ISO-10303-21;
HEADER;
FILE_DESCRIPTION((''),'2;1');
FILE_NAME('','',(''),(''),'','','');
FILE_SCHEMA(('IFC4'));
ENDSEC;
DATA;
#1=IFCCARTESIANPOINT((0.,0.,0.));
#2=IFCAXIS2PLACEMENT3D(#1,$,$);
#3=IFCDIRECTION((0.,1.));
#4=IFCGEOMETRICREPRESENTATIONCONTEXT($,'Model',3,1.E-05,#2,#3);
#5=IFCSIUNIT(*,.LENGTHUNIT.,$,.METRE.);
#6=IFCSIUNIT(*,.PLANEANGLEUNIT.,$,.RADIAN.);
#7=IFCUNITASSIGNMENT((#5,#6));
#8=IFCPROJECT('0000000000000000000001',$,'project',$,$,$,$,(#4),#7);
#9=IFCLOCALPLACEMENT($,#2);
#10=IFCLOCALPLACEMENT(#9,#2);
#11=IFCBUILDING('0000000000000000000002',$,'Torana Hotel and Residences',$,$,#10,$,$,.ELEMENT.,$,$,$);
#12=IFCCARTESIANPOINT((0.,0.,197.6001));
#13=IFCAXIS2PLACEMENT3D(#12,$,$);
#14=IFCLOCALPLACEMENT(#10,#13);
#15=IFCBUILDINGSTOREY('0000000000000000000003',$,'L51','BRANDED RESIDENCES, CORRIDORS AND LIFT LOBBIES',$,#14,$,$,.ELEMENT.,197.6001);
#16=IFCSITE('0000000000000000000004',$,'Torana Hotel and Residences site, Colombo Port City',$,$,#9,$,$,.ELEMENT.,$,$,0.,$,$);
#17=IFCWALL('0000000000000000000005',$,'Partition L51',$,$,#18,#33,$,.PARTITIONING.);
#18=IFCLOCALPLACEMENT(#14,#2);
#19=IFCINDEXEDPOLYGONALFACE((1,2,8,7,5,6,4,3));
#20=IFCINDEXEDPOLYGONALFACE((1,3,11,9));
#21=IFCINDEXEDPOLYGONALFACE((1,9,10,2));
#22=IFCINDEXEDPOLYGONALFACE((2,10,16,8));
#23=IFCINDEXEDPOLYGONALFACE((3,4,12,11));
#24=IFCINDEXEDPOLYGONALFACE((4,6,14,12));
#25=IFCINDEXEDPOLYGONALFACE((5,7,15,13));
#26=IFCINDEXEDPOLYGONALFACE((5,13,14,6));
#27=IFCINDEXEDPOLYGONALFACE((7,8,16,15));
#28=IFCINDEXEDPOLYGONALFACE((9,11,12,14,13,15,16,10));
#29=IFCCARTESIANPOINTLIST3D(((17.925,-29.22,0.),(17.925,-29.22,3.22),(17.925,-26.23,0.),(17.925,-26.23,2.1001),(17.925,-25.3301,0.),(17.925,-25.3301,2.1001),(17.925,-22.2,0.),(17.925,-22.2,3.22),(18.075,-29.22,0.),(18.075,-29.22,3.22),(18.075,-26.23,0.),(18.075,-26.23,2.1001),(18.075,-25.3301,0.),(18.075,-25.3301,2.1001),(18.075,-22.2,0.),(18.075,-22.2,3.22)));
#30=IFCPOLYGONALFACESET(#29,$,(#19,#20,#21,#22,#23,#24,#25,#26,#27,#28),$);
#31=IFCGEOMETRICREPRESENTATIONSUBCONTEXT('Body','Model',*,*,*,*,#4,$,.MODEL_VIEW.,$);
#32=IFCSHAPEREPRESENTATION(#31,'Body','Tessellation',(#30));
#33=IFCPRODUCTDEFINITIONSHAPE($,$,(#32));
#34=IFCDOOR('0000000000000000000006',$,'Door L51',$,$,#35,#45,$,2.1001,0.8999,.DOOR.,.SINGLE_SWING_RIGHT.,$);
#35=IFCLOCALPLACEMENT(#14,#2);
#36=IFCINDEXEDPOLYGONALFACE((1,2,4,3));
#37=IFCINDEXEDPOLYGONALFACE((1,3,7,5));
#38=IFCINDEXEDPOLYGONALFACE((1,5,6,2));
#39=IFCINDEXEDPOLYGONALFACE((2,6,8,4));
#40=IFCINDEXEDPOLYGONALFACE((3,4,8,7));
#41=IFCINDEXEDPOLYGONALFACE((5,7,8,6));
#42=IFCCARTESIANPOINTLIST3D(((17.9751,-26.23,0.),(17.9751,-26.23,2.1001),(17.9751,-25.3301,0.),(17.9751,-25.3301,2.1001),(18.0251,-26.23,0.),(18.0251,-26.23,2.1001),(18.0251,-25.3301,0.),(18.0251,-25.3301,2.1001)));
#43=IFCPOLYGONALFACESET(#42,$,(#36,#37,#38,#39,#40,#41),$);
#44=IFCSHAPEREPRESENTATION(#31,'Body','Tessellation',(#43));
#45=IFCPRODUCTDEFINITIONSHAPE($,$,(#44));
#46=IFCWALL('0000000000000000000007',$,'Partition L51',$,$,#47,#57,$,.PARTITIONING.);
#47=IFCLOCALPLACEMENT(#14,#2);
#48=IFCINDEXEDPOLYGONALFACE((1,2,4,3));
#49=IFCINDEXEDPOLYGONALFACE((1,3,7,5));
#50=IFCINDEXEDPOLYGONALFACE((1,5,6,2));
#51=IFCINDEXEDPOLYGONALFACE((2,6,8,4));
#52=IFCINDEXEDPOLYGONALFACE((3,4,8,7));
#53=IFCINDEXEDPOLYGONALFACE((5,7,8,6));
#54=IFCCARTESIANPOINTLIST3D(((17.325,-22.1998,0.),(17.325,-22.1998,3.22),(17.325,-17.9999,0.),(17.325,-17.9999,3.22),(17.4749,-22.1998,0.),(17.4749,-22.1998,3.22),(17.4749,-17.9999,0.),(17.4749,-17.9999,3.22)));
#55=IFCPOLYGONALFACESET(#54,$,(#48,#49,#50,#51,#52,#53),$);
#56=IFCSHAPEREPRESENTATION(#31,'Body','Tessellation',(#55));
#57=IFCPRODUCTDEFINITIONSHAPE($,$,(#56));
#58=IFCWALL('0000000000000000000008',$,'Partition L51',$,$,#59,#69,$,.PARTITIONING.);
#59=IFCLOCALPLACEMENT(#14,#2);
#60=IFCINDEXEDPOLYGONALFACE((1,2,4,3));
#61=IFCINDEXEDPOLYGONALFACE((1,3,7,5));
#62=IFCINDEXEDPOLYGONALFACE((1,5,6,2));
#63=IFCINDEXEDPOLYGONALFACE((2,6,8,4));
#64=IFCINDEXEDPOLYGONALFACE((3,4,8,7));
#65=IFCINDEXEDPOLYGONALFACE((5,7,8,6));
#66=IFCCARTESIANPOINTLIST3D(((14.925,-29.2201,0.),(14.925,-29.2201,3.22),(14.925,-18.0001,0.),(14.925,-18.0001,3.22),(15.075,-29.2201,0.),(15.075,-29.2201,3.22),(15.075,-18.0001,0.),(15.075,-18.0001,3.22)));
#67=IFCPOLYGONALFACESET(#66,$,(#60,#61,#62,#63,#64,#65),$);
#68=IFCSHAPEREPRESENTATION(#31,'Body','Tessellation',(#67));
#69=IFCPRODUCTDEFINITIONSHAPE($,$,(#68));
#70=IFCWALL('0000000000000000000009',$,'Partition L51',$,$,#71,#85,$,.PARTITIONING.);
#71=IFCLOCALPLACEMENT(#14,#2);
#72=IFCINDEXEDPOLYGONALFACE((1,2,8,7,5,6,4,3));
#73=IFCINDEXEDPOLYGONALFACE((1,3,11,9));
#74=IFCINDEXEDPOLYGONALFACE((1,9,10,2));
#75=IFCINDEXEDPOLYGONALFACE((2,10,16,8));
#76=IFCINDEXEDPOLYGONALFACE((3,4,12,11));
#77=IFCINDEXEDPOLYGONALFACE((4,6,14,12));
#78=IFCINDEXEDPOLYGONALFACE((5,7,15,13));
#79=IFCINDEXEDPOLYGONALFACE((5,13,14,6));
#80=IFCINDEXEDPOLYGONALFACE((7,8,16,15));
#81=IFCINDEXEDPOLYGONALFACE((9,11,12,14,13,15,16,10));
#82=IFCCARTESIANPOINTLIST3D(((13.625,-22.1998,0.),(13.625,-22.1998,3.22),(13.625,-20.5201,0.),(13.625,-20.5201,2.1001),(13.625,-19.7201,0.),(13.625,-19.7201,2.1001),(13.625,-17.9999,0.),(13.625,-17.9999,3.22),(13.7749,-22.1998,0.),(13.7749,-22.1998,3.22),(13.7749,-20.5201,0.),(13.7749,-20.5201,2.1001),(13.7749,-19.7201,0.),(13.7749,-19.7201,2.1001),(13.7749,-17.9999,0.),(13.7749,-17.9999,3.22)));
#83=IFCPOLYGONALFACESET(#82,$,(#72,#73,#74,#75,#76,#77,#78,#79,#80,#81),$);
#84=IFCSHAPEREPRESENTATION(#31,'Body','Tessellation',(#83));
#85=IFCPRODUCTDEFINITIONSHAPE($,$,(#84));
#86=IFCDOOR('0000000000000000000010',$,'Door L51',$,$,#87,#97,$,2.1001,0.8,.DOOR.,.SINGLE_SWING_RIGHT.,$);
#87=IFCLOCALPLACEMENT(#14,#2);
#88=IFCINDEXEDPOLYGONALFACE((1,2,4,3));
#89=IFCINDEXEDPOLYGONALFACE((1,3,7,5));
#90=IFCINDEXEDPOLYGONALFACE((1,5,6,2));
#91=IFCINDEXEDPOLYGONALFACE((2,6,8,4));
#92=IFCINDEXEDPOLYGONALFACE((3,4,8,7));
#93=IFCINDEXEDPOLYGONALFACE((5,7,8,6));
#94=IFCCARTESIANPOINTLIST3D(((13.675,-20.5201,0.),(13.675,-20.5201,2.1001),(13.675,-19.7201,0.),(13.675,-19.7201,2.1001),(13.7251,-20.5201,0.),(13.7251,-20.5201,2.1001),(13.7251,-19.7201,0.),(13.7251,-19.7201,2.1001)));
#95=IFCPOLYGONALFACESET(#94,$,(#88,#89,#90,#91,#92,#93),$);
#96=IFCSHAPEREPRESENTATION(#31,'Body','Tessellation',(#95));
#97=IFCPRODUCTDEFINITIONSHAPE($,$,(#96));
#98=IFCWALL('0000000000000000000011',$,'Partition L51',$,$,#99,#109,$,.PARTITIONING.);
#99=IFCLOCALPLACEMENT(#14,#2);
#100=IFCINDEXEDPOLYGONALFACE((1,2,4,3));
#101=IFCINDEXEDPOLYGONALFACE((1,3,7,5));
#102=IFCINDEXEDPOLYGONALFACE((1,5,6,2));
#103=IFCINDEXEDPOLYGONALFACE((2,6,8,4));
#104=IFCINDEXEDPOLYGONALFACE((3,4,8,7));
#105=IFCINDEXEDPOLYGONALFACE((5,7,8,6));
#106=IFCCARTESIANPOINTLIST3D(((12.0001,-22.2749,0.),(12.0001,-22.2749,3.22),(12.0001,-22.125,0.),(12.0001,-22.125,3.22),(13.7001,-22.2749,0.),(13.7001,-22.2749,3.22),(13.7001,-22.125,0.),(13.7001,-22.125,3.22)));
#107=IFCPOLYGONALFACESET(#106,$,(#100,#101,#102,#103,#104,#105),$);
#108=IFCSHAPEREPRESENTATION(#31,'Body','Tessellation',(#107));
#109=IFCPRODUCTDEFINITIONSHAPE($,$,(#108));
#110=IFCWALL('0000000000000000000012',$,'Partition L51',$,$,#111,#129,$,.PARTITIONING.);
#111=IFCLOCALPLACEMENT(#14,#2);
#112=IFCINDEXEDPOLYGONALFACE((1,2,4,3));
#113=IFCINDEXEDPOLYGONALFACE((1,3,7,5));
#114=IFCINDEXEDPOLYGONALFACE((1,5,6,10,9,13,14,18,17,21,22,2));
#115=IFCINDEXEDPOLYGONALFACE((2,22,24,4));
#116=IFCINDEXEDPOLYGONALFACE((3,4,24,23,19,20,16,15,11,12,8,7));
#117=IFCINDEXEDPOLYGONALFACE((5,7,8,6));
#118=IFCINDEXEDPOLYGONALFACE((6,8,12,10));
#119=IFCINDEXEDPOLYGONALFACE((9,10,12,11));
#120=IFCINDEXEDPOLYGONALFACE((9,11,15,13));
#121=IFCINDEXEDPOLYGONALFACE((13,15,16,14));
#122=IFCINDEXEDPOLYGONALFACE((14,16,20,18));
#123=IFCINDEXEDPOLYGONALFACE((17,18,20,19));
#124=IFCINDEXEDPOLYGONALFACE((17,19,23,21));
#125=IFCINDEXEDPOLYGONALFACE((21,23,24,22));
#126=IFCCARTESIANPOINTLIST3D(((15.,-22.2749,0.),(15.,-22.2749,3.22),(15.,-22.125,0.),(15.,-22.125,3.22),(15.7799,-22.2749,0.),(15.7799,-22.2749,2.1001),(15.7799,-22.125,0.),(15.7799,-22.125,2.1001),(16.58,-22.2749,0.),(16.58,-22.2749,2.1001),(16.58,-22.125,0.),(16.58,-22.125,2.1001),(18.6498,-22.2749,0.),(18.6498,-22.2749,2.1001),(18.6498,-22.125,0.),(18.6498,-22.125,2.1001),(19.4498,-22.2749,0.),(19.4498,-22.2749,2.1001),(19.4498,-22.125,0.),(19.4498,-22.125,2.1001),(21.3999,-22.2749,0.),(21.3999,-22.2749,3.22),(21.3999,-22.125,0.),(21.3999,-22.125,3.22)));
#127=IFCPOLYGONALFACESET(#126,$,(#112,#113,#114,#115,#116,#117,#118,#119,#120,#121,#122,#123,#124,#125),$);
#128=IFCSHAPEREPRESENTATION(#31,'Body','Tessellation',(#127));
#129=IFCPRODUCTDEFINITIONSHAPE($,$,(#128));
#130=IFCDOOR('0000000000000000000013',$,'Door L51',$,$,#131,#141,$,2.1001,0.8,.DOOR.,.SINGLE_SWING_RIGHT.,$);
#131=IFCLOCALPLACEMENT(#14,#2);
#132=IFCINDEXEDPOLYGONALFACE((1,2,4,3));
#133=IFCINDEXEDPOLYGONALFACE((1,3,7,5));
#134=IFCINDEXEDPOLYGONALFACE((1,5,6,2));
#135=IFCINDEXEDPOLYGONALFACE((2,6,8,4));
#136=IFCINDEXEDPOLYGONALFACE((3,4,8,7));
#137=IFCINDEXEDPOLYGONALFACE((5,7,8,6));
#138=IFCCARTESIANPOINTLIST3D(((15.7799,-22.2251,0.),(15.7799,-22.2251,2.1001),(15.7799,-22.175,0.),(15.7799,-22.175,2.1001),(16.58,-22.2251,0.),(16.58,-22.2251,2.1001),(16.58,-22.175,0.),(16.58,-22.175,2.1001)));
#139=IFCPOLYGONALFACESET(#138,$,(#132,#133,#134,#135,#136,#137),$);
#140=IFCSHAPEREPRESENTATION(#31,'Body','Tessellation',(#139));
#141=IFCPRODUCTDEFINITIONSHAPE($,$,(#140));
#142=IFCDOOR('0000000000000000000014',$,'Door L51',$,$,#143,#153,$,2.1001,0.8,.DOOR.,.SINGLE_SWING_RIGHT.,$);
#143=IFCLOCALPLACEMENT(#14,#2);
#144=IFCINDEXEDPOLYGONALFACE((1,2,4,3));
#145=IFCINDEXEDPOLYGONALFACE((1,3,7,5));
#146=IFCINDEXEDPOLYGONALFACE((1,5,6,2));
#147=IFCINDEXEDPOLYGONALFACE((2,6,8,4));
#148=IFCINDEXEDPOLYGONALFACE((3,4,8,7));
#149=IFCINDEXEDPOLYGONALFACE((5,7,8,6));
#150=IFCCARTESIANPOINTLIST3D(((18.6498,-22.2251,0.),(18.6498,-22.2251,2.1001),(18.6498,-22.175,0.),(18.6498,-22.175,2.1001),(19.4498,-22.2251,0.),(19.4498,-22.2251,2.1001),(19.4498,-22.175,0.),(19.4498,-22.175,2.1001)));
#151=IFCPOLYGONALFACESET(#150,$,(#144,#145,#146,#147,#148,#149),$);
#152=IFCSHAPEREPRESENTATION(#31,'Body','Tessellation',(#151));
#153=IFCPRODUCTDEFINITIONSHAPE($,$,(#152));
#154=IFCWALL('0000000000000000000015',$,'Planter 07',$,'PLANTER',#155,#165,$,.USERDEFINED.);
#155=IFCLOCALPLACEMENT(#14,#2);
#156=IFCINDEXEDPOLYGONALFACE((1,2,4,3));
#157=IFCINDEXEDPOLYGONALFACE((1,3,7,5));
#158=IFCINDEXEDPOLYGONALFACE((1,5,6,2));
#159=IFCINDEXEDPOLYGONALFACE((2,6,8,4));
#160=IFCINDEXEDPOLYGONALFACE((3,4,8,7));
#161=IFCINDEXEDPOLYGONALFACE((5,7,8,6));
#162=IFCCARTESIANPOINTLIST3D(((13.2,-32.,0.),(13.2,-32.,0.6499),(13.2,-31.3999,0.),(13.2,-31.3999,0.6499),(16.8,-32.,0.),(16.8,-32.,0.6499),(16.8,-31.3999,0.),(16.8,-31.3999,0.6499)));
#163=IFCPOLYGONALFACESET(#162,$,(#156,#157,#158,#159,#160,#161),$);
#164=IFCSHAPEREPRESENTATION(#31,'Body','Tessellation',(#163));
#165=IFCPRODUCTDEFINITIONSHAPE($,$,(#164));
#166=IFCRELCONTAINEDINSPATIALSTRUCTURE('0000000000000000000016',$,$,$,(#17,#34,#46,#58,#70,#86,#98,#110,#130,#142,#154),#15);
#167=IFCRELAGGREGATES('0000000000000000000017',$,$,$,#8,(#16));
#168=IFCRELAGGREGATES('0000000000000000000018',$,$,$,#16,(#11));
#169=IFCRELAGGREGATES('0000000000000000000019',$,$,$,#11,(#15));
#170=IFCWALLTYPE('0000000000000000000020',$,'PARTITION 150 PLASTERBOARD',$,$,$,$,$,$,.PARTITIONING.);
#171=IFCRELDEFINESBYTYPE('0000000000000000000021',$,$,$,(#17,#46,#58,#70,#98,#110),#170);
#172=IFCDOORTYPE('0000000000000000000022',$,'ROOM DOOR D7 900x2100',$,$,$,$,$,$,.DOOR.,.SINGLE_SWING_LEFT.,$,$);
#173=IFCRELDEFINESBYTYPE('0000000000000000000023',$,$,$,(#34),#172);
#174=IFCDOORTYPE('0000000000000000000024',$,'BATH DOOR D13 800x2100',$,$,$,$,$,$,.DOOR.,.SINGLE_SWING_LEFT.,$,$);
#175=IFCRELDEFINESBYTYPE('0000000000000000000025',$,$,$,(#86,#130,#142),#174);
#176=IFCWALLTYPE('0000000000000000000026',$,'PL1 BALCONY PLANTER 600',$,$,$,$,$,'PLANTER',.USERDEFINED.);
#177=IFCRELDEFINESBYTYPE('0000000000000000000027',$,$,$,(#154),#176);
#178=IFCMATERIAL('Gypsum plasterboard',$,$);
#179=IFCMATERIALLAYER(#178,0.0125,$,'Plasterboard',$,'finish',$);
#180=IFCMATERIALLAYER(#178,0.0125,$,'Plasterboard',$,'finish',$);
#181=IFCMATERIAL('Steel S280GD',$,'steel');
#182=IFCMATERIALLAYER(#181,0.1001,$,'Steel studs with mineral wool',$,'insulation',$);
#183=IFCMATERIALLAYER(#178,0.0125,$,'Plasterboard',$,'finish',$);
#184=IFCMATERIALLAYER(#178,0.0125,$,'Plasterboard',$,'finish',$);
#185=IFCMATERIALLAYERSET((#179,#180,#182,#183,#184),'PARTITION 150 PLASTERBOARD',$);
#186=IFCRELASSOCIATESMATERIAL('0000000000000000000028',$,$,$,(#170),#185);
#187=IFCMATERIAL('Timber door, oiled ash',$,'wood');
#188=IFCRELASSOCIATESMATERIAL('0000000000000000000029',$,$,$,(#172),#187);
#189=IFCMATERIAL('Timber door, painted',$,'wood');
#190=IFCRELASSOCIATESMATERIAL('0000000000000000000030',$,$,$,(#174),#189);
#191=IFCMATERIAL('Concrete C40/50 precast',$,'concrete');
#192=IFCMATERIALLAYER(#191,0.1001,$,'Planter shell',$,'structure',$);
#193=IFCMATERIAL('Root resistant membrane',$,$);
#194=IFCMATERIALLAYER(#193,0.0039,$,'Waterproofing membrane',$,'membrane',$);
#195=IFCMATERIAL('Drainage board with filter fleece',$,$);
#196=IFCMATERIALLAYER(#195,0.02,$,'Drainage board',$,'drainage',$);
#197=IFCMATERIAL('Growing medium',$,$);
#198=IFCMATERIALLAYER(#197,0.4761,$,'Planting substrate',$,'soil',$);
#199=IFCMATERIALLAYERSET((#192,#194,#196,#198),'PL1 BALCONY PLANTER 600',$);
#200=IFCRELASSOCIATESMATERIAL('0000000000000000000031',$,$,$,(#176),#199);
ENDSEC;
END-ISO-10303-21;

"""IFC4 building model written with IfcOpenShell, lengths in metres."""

from ifc_helpers import new_model, si_unit, direction, frame, frame_2d, origin, place, context, subcontext, project, spatial, rectangle, extrude, material, layer, layer_set, type_object, element, fill, save


model = new_model("IFC4")

# Units and contexts
model_context = context("Model", 3, precision=1e-05, world=origin(), true_north=direction((0.0, 1.0)))
body_context = subcontext(model_context, "Body", "Model", "MODEL_VIEW")
ifc_project = project(units=[si_unit("LENGTHUNIT", "METRE"), si_unit("PLANEANGLEUNIT", "RADIAN")], contexts=[model_context])

# Site, building, storey
site_placement = place(None, origin())
site = spatial("IfcSite", under=ifc_project, at=site_placement, Name="Torana Hotel and Residences site, Colombo Port City", CompositionType="ELEMENT", RefElevation=0.0)
building_placement = place(site_placement, origin())
building = spatial("IfcBuilding", under=site, at=building_placement, Name="Torana Hotel and Residences", CompositionType="ELEMENT")
storey_placement = place(building_placement, frame((0.0, 0.0, 197.6001)))
storey = spatial("IfcBuildingStorey", under=building, at=storey_placement, Name="L51", Description="BRANDED RESIDENCES, CORRIDORS AND LIFT LOBBIES", CompositionType="ELEMENT", Elevation=197.6001)

# Wall, opening, door
ifc_material_1 = material(Name="Gypsum plasterboard")
ifc_layer_1 = layer(ifc_material_1, 0.0125, Name="Plasterboard", Category="finish")
ifc_layer_2 = layer(ifc_material_1, 0.0125, Name="Plasterboard", Category="finish")
ifc_material_2 = material(Name="Steel S280GD", Category="steel")
ifc_layer_3 = layer(ifc_material_2, 0.1001, Name="Steel studs with mineral wool", Category="insulation")
ifc_layer_4 = layer(ifc_material_1, 0.0125, Name="Plasterboard", Category="finish")
ifc_layer_5 = layer(ifc_material_1, 0.0125, Name="Plasterboard", Category="finish")
ifc_layer_set_1 = layer_set([ifc_layer_1, ifc_layer_2, ifc_layer_3, ifc_layer_4, ifc_layer_5], Name="PARTITION 150 PLASTERBOARD")
wall_type_1 = type_object("IfcWallType", Name="PARTITION 150 PLASTERBOARD", PredefinedType="PARTITIONING", material=ifc_layer_set_1)
wall_1_placement = place(storey_placement, frame((18.0, -29.22, 0.0), z_axis=(0.0, 0.0, 1.0), x_axis=(0.0, 1.0, 0.0)))
wall_1 = element("IfcWall", 1, at=wall_1_placement, inside=storey, type_object=wall_type_1, Name="Partition L51", PredefinedType="PARTITIONING", context=body_context, shape_type="SweptSolid", body=[
    extrude(rectangle(XDim=7.02, YDim=0.1499, at=frame_2d((3.51, 0.0))), origin(), (0.0, 0.0, 1.0), 3.22),
])
opening_1_placement = place(wall_1_placement, frame((2.99, 0.0, 0.0)))
opening_1 = element("IfcOpeningElement", 2, at=opening_1_placement, cuts=wall_1, PredefinedType="OPENING", context=body_context, shape_type="SweptSolid", body=[
    extrude(rectangle(XDim=0.8999, YDim=2.1001, at=frame_2d((0.45, 1.05))), frame((0.0, 0.085, 0.0), z_axis=(0.0, -1.0, 0.0), x_axis=(1.0, 0.0, 0.0)), (0.0, 0.0, 1.0), 0.1699),
])
ifc_material_3 = material(Name="Timber door, oiled ash", Category="wood")
door_type_1 = type_object("IfcDoorType", Name="ROOM DOOR D7 900x2100", OperationType="SINGLE_SWING_LEFT", PredefinedType="DOOR", material=ifc_material_3)
door_1_placement = place(opening_1_placement, origin())
door_1 = element("IfcDoor", 3, at=door_1_placement, inside=storey, type_object=door_type_1, Name="Door L51", OperationType="SINGLE_SWING_RIGHT", OverallHeight=2.1001, OverallWidth=0.8999, PredefinedType="DOOR", context=body_context, shape_type="SweptSolid", body=[
    extrude(rectangle(XDim=0.8999, YDim=2.1001, at=frame_2d((0.45, 1.05))), frame((0.0, 0.0249, 0.0), z_axis=(0.0, -1.0, 0.0), x_axis=(1.0, 0.0, 0.0)), (0.0, 0.0, 1.0), 0.05),
])
fill(opening_1, door_1)

# Walls
wall_2_placement = place(storey_placement, frame((17.3999, -22.2, 0.0), z_axis=(0.0, 0.0, 1.0), x_axis=(0.0, 1.0, 0.0)))
element("IfcWall", 4, at=wall_2_placement, inside=storey, type_object=wall_type_1, Name="Partition L51", PredefinedType="PARTITIONING", context=body_context, shape_type="SweptSolid", body=[
    extrude(rectangle(XDim=4.2, YDim=0.1499, at=frame_2d((2.1001, 0.0))), origin(), (0.0, 0.0, 1.0), 3.22),
])
wall_3_placement = place(storey_placement, frame((15.0, -29.22, 0.0), z_axis=(0.0, 0.0, 1.0), x_axis=(0.0, 1.0, 0.0)))
element("IfcWall", 5, at=wall_3_placement, inside=storey, type_object=wall_type_1, Name="Partition L51", PredefinedType="PARTITIONING", context=body_context, shape_type="SweptSolid", body=[
    extrude(rectangle(XDim=11.22, YDim=0.1499, at=frame_2d((5.6099, 0.0))), origin(), (0.0, 0.0, 1.0), 3.22),
])

# Wall, opening, door
wall_4_placement = place(storey_placement, frame((13.7, -22.2, 0.0), z_axis=(0.0, 0.0, 1.0), x_axis=(0.0, 1.0, 0.0)))
wall_4 = element("IfcWall", 6, at=wall_4_placement, inside=storey, type_object=wall_type_1, Name="Partition L51", PredefinedType="PARTITIONING", context=body_context, shape_type="SweptSolid", body=[
    extrude(rectangle(XDim=4.2, YDim=0.1499, at=frame_2d((2.1001, 0.0))), origin(), (0.0, 0.0, 1.0), 3.22),
])
opening_2_placement = place(wall_4_placement, frame((1.6799, 0.0, 0.0)))
opening_2 = element("IfcOpeningElement", 7, at=opening_2_placement, cuts=wall_4, PredefinedType="OPENING", context=body_context, shape_type="SweptSolid", body=[
    extrude(rectangle(XDim=0.8, YDim=2.1001, at=frame_2d((0.3999, 1.05))), frame((0.0, 0.085, 0.0), z_axis=(0.0, -1.0, 0.0), x_axis=(1.0, 0.0, 0.0)), (0.0, 0.0, 1.0), 0.1699),
])
ifc_material_4 = material(Name="Timber door, painted", Category="wood")
door_type_2 = type_object("IfcDoorType", Name="BATH DOOR D13 800x2100", OperationType="SINGLE_SWING_LEFT", PredefinedType="DOOR", material=ifc_material_4)
door_2_placement = place(opening_2_placement, origin())
door_2 = element("IfcDoor", 8, at=door_2_placement, inside=storey, type_object=door_type_2, Name="Door L51", OperationType="SINGLE_SWING_RIGHT", OverallHeight=2.1001, OverallWidth=0.8, PredefinedType="DOOR", context=body_context, shape_type="SweptSolid", body=[
    extrude(rectangle(XDim=0.8, YDim=2.1001, at=frame_2d((0.3999, 1.05))), frame((0.0, 0.0249, 0.0), z_axis=(0.0, -1.0, 0.0), x_axis=(1.0, 0.0, 0.0)), (0.0, 0.0, 1.0), 0.05),
])
fill(opening_2, door_2)

# Wall
wall_5_placement = place(storey_placement, frame((12.0, -22.2, 0.0), z_axis=(0.0, 0.0, 1.0), x_axis=(1.0, 0.0, 0.0)))
element("IfcWall", 9, at=wall_5_placement, inside=storey, type_object=wall_type_1, Name="Partition L51", PredefinedType="PARTITIONING", context=body_context, shape_type="SweptSolid", body=[
    extrude(rectangle(XDim=1.7, YDim=0.1499, at=frame_2d((0.8501, 0.0))), origin(), (0.0, 0.0, 1.0), 3.22),
])

# Wall, openings, doors
wall_6_placement = place(storey_placement, frame((15.0, -22.2, 0.0), z_axis=(0.0, 0.0, 1.0), x_axis=(1.0, 0.0, 0.0)))
wall_6 = element("IfcWall", 10, at=wall_6_placement, inside=storey, type_object=wall_type_1, Name="Partition L51", PredefinedType="PARTITIONING", context=body_context, shape_type="SweptSolid", body=[
    extrude(rectangle(XDim=6.3999, YDim=0.1499, at=frame_2d((3.2, 0.0))), origin(), (0.0, 0.0, 1.0), 3.22),
])
opening_3_placement = place(wall_6_placement, frame((0.78, 0.0, 0.0)))
opening_3 = element("IfcOpeningElement", 11, at=opening_3_placement, cuts=wall_6, PredefinedType="OPENING", context=body_context, shape_type="SweptSolid", body=[
    extrude(rectangle(XDim=0.8, YDim=2.1001, at=frame_2d((0.3999, 1.05))), frame((0.0, 0.085, 0.0), z_axis=(0.0, -1.0, 0.0), x_axis=(1.0, 0.0, 0.0)), (0.0, 0.0, 1.0), 0.1699),
])
opening_4_placement = place(wall_6_placement, frame((3.6499, 0.0, 0.0)))
opening_4 = element("IfcOpeningElement", 12, at=opening_4_placement, cuts=wall_6, PredefinedType="OPENING", context=body_context, shape_type="SweptSolid", body=[
    extrude(rectangle(XDim=0.8, YDim=2.1001, at=frame_2d((0.3999, 1.05))), frame((0.0, 0.085, 0.0), z_axis=(0.0, -1.0, 0.0), x_axis=(1.0, 0.0, 0.0)), (0.0, 0.0, 1.0), 0.1699),
])
door_3_placement = place(opening_3_placement, origin())
door_3 = element("IfcDoor", 13, at=door_3_placement, inside=storey, type_object=door_type_2, Name="Door L51", OperationType="SINGLE_SWING_RIGHT", OverallHeight=2.1001, OverallWidth=0.8, PredefinedType="DOOR", context=body_context, shape_type="SweptSolid", body=[
    extrude(rectangle(XDim=0.8, YDim=2.1001, at=frame_2d((0.3999, 1.05))), frame((0.0, 0.0249, 0.0), z_axis=(0.0, -1.0, 0.0), x_axis=(1.0, 0.0, 0.0)), (0.0, 0.0, 1.0), 0.05),
])
fill(opening_3, door_3)
door_4_placement = place(opening_4_placement, origin())
door_4 = element("IfcDoor", 14, at=door_4_placement, inside=storey, type_object=door_type_2, Name="Door L51", OperationType="SINGLE_SWING_RIGHT", OverallHeight=2.1001, OverallWidth=0.8, PredefinedType="DOOR", context=body_context, shape_type="SweptSolid", body=[
    extrude(rectangle(XDim=0.8, YDim=2.1001, at=frame_2d((0.3999, 1.05))), frame((0.0, 0.0249, 0.0), z_axis=(0.0, -1.0, 0.0), x_axis=(1.0, 0.0, 0.0)), (0.0, 0.0, 1.0), 0.05),
])
fill(opening_4, door_4)

# Wall
ifc_material_5 = material(Name="Concrete C40/50 precast", Category="concrete")
ifc_layer_6 = layer(ifc_material_5, 0.1001, Name="Planter shell", Category="structure")
ifc_material_6 = material(Name="Root resistant membrane")
ifc_layer_7 = layer(ifc_material_6, 0.0039, Name="Waterproofing membrane", Category="membrane")
ifc_material_7 = material(Name="Drainage board with filter fleece")
ifc_layer_8 = layer(ifc_material_7, 0.02, Name="Drainage board", Category="drainage")
ifc_material_8 = material(Name="Growing medium")
ifc_layer_9 = layer(ifc_material_8, 0.4761, Name="Planting substrate", Category="soil")
ifc_layer_set_2 = layer_set([ifc_layer_6, ifc_layer_7, ifc_layer_8, ifc_layer_9], Name="PL1 BALCONY PLANTER 600")
wall_type_2 = type_object("IfcWallType", Name="PL1 BALCONY PLANTER 600", ElementType="PLANTER", PredefinedType="USERDEFINED", material=ifc_layer_set_2)
wall_7_placement = place(storey_placement, frame((16.8, -31.7, 0.0), z_axis=(0.0, 0.0, 1.0), x_axis=(-1.0, 0.0, 0.0)))
element("IfcWall", 15, at=wall_7_placement, inside=storey, type_object=wall_type_2, Name="Planter 07", ObjectType="PLANTER", PredefinedType="USERDEFINED", context=body_context, shape_type="SweptSolid", body=[
    extrude(rectangle(XDim=3.6001, YDim=0.6001, at=frame_2d((1.8, 0.0))), origin(), (0.0, 0.0, 1.0), 0.6499),
])

save(model, "model.ifc")
